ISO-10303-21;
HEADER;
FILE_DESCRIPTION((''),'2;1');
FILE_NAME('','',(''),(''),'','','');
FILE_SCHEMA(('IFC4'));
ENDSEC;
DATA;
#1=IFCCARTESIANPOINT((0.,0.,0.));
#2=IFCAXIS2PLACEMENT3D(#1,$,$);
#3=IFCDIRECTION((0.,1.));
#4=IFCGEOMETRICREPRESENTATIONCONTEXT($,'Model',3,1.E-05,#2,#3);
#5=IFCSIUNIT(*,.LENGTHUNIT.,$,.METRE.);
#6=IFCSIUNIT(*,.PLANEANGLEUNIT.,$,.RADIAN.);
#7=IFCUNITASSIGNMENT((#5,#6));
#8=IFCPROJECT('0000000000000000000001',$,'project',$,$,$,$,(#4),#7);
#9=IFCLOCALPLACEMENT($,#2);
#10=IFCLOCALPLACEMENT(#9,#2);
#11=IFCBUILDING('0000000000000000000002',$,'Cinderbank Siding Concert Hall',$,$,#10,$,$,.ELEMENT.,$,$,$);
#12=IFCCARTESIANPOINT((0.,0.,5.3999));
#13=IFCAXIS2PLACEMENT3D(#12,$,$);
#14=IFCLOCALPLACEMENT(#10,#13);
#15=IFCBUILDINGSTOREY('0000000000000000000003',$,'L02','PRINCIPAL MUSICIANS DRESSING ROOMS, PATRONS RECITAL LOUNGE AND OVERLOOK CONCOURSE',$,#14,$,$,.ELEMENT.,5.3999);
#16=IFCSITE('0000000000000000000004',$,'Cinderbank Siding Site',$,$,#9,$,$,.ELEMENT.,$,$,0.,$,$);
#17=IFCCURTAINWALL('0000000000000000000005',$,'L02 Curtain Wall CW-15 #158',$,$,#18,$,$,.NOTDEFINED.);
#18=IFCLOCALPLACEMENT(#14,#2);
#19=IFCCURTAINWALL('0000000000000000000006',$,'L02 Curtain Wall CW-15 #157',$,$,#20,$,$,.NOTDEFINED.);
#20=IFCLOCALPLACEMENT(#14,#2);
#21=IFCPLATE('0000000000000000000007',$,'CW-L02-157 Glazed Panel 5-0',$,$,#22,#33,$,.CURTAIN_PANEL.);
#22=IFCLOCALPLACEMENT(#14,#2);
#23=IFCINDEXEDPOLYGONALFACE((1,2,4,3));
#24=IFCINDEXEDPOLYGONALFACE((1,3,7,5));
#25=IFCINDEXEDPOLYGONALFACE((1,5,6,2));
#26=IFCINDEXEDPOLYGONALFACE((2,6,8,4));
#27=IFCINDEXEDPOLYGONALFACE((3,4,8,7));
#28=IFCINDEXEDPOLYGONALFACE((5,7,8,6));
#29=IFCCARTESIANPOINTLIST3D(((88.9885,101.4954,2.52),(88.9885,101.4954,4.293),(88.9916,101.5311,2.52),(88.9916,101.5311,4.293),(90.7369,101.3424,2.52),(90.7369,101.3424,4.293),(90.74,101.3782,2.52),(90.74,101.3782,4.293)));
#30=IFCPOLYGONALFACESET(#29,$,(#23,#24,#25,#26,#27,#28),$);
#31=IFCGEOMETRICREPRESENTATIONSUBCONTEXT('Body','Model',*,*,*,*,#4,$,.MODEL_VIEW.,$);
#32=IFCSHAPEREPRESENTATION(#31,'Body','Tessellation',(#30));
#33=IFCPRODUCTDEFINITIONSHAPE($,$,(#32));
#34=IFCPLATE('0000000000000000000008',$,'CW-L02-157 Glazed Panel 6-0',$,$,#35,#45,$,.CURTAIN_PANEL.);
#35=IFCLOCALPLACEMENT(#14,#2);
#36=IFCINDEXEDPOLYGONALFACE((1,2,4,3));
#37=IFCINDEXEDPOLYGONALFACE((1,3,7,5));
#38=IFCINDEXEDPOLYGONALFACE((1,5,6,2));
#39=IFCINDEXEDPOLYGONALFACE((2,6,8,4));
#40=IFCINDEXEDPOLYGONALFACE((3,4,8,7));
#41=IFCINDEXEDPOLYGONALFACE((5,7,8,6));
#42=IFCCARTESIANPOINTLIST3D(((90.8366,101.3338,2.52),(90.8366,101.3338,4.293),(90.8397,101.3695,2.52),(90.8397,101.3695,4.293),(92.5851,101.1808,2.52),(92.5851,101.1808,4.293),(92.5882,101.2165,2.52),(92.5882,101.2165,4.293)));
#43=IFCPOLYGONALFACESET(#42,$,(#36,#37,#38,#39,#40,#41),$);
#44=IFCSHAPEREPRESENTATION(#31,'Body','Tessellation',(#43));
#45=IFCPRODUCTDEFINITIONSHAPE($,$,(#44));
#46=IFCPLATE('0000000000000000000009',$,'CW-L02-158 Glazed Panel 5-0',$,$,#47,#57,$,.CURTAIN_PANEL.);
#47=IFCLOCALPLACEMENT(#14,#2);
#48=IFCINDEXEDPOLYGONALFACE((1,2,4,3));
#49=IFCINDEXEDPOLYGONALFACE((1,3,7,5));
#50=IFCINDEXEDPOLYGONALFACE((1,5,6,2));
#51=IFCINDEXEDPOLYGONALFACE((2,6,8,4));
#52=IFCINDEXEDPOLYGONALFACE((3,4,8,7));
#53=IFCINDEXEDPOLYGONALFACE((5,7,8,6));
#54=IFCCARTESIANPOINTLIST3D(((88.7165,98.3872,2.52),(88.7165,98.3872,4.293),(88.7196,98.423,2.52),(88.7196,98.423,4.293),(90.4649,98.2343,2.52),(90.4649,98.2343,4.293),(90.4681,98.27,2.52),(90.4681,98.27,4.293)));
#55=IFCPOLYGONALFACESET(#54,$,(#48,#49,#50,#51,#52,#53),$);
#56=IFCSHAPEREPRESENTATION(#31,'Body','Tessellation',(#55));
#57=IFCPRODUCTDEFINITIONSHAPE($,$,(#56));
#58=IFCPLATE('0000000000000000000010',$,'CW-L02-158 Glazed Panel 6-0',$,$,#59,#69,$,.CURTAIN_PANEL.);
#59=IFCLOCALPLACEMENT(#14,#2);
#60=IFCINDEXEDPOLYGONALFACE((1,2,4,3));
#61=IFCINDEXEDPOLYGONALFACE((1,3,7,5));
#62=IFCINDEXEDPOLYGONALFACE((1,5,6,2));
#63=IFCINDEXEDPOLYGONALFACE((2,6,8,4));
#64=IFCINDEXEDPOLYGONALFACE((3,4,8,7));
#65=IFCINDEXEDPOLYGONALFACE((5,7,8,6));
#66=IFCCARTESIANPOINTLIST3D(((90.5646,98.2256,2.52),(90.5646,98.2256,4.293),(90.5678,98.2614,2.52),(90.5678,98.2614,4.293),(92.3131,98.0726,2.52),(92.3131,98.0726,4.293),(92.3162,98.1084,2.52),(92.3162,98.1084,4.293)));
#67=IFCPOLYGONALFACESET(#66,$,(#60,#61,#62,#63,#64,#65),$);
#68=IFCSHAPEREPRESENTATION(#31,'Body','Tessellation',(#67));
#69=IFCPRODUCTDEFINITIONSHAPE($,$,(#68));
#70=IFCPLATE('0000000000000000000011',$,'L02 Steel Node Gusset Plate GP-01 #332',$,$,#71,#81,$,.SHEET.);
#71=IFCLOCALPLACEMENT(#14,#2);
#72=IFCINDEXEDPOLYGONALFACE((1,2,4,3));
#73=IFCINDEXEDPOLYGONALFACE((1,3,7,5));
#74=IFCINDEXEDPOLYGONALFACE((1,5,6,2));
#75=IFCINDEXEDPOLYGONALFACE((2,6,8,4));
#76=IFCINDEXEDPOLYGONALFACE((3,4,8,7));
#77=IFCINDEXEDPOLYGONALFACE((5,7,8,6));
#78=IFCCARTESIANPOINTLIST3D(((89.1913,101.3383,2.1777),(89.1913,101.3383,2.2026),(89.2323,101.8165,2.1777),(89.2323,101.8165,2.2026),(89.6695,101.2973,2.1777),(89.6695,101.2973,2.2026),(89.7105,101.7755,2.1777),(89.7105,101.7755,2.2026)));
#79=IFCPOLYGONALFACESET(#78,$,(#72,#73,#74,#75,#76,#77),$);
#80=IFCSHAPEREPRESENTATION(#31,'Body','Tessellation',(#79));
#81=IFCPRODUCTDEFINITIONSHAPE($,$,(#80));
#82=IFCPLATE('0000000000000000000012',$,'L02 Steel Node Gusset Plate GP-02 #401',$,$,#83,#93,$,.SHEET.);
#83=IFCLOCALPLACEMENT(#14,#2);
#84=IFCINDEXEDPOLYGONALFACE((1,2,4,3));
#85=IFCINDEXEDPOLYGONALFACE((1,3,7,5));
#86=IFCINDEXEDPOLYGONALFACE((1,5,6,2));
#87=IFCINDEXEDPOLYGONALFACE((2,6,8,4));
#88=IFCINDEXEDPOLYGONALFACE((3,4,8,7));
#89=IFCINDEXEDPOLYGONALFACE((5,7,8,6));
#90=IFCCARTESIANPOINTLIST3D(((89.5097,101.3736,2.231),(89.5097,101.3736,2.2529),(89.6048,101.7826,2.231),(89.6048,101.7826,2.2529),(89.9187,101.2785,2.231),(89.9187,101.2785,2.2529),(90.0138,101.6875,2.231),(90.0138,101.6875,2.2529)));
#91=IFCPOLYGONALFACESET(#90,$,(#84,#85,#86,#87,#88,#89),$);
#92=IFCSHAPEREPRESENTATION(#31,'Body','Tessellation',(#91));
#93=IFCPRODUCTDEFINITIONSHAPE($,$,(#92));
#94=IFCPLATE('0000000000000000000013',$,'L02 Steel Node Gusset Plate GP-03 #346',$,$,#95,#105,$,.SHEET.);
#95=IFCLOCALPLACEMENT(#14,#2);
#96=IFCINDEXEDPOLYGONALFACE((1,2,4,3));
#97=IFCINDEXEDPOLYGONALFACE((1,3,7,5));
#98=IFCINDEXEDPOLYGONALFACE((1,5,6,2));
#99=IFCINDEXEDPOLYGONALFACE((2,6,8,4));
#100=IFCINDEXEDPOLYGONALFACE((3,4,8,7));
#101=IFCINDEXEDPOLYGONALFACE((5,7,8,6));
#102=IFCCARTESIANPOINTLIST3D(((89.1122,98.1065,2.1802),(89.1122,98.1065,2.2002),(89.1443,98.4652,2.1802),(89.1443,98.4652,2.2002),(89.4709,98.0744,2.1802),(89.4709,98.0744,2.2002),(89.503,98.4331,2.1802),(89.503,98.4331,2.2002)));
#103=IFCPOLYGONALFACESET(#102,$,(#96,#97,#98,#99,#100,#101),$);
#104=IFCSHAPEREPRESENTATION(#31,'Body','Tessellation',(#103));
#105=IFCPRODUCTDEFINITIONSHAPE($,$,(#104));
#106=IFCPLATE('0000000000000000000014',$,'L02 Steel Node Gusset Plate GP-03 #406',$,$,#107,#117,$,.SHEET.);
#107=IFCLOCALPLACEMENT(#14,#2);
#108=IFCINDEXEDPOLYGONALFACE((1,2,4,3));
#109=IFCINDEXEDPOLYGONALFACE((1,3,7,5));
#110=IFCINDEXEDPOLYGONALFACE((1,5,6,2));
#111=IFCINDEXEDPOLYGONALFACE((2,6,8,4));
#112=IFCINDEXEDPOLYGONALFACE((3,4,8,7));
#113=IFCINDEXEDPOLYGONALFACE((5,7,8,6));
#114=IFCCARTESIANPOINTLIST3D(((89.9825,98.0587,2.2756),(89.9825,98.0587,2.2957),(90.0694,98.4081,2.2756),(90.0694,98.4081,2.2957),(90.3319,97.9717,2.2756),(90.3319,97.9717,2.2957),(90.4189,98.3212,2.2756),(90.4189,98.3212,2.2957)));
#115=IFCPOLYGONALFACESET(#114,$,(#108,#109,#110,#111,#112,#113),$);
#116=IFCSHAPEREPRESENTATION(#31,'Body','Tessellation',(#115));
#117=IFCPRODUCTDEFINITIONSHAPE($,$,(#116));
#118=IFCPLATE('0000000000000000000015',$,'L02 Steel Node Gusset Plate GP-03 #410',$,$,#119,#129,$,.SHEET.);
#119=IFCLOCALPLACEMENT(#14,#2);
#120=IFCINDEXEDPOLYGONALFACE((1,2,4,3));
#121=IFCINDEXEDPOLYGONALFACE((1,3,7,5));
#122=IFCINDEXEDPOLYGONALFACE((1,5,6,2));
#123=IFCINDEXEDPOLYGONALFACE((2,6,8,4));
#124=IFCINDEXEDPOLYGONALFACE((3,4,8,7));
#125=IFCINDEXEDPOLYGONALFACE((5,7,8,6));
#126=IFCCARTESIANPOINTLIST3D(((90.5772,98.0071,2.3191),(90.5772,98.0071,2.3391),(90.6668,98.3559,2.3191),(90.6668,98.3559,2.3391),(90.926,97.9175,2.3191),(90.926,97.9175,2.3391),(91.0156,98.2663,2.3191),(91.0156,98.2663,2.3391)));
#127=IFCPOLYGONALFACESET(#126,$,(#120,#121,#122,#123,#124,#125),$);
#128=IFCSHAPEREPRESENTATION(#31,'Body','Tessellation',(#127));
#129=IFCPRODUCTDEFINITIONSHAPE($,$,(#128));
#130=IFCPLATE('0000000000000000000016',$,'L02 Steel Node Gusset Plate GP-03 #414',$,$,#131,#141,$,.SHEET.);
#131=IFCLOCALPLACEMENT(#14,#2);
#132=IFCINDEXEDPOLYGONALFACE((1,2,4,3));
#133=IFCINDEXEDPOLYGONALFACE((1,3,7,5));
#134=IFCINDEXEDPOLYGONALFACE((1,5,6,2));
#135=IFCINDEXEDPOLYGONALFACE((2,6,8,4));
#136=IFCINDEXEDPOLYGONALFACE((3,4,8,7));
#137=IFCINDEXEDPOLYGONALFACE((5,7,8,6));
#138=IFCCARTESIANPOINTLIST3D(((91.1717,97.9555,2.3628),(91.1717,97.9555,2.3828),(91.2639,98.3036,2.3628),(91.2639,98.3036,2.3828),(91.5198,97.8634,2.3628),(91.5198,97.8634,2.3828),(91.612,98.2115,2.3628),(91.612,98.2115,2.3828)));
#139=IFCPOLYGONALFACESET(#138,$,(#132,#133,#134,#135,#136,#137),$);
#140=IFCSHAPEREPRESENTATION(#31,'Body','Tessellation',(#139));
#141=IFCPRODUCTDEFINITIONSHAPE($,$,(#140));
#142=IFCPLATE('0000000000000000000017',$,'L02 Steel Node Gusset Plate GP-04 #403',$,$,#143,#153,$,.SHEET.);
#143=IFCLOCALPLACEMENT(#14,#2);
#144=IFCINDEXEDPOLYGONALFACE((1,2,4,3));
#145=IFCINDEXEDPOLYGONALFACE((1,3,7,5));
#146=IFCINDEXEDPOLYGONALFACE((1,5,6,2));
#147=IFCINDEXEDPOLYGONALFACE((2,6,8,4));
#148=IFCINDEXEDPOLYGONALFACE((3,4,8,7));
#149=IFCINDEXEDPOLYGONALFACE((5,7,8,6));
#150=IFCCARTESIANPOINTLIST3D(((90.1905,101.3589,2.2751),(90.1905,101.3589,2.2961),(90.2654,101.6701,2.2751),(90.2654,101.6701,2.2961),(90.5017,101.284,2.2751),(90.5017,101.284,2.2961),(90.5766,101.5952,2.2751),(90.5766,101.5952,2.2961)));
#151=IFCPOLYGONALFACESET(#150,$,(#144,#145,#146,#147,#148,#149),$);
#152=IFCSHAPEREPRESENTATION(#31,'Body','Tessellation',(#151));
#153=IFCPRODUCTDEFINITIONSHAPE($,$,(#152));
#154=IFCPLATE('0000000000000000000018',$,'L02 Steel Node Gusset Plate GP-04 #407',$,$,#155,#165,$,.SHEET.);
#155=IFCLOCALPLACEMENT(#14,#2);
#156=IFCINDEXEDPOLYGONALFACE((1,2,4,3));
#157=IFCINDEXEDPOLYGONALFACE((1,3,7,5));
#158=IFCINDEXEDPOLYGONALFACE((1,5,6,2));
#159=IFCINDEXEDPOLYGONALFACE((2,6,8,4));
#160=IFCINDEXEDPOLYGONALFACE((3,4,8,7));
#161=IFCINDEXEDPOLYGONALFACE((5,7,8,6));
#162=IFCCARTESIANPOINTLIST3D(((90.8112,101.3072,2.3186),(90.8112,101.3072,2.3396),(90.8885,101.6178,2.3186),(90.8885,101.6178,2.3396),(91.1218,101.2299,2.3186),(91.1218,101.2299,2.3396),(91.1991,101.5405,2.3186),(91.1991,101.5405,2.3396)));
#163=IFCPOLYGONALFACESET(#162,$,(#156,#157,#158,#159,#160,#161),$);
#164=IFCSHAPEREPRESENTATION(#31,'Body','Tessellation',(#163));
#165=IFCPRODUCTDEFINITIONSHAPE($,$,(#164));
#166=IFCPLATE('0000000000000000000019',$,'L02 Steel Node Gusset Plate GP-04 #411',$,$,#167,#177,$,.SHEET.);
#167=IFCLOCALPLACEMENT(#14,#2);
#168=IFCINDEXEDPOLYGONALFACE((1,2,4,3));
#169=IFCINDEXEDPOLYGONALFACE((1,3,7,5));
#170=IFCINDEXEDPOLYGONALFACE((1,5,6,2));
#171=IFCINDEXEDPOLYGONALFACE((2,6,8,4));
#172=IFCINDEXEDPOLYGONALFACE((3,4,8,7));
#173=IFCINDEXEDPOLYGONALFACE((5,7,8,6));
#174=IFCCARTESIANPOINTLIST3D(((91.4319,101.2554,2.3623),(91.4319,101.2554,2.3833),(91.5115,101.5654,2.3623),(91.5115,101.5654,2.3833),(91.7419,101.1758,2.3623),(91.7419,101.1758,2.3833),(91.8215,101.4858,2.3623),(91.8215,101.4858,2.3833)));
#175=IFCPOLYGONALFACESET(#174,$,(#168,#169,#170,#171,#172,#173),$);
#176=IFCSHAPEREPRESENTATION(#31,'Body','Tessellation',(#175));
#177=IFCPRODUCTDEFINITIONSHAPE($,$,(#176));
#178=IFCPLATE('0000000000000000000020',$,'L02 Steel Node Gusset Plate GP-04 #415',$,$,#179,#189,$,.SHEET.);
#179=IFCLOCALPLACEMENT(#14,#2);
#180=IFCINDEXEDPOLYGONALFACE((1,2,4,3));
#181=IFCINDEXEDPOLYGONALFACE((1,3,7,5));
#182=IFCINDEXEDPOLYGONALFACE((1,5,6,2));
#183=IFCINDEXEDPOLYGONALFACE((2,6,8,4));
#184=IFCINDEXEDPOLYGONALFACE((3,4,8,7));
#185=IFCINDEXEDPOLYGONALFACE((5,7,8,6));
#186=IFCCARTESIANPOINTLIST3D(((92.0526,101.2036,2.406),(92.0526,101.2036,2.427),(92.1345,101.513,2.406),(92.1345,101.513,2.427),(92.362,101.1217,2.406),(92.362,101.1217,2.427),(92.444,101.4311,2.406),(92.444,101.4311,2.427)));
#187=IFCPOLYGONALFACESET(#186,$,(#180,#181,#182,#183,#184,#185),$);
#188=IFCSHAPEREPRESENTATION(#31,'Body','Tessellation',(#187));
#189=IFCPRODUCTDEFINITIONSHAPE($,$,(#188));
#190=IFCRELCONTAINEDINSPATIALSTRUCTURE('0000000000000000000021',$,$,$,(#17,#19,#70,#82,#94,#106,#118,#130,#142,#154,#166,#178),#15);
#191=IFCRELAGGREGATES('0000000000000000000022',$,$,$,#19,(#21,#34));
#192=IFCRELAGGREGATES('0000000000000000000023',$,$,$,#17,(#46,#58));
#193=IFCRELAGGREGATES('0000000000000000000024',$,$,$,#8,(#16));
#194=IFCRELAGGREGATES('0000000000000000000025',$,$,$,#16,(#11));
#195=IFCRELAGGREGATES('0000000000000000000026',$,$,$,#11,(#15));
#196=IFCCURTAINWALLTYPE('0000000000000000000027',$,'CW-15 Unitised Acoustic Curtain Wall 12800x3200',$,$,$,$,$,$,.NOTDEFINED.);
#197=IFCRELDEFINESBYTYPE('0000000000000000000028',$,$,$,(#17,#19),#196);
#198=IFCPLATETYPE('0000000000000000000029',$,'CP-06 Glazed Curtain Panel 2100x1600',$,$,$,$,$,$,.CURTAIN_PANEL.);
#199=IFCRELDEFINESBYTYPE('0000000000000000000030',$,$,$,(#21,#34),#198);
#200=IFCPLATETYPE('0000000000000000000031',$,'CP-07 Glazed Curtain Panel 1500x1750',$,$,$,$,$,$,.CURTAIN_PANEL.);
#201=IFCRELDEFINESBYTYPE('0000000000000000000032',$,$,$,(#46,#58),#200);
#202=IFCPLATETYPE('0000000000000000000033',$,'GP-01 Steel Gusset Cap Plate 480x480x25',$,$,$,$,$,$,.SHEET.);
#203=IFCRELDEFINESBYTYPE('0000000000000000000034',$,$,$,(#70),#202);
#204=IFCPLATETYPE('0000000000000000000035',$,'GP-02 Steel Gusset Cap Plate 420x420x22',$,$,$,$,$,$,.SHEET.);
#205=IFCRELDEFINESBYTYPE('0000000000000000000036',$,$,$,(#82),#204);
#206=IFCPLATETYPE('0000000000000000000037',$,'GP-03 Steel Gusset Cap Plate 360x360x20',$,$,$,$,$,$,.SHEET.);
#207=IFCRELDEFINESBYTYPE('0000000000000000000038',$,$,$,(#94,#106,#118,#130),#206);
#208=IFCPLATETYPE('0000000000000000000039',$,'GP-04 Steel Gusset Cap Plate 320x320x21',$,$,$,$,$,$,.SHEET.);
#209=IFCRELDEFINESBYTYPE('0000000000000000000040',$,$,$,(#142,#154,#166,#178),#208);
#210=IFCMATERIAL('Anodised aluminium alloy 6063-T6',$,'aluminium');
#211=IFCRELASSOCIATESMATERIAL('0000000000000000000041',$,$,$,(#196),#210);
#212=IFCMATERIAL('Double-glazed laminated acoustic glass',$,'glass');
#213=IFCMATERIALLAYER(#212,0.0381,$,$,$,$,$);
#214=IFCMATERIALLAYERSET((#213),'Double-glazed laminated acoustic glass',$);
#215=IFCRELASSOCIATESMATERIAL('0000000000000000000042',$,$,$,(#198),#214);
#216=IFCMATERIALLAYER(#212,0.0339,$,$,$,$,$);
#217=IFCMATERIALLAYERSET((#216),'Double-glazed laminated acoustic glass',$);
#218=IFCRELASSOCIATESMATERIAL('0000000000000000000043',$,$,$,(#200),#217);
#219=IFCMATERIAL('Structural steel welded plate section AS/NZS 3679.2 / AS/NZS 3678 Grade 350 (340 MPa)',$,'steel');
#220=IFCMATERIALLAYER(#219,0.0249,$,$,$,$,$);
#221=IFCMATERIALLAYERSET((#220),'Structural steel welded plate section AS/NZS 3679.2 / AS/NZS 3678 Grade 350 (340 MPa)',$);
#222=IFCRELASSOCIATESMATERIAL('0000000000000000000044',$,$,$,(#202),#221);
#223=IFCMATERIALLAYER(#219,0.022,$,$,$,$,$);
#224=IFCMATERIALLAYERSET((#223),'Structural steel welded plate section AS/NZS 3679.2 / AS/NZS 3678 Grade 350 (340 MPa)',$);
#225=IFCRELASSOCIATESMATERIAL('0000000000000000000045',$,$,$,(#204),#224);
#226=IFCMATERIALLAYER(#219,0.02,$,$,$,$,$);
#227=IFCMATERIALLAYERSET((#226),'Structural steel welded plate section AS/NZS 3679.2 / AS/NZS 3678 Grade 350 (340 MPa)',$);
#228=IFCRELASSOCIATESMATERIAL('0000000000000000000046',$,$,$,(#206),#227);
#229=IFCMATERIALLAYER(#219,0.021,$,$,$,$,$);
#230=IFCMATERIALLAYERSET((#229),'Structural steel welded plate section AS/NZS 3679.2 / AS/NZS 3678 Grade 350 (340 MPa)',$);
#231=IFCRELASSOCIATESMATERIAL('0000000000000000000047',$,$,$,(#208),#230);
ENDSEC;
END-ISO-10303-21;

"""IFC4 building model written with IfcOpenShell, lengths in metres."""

from ifc_helpers import new_model, si_unit, direction, frame, origin, origin_2d, place, context, subcontext, project, spatial, rectangle, extrude, material, layer, layer_set, type_object, element, aggregate, save


model = new_model("IFC4")

# Units and contexts
model_context = context("Model", 3, precision=1e-05, world=origin(), true_north=direction((0.0, 1.0)))
body_context = subcontext(model_context, "Body", "Model", "MODEL_VIEW")
ifc_project = project(units=[si_unit("LENGTHUNIT", "METRE"), si_unit("PLANEANGLEUNIT", "RADIAN")], contexts=[model_context])

# Site, building, storey
site_placement = place(None, origin())
site = spatial("IfcSite", under=ifc_project, at=site_placement, Name="Cinderbank Siding Site", CompositionType="ELEMENT", RefElevation=0.0)
building_placement = place(site_placement, origin())
building = spatial("IfcBuilding", under=site, at=building_placement, Name="Cinderbank Siding Concert Hall", CompositionType="ELEMENT")
storey_placement = place(building_placement, frame((0.0, 0.0, 5.3999)))
storey = spatial("IfcBuildingStorey", under=building, at=storey_placement, Name="L02", Description="PRINCIPAL MUSICIANS DRESSING ROOMS, PATRONS RECITAL LOUNGE AND OVERLOOK CONCOURSE", CompositionType="ELEMENT", Elevation=5.3999)

# Curtain wall
ifc_material_1 = material(Name="Anodised aluminium alloy 6063-T6", Category="aluminium")
curtain_wall_type = type_object("IfcCurtainWallType", Name="CW-15 Unitised Acoustic Curtain Wall 12800x3200", PredefinedType="NOTDEFINED", material=ifc_material_1)
curtain_wall_1_placement = place(storey_placement, origin())
curtain_wall_1 = element("IfcCurtainWall", 1, at=curtain_wall_1_placement, inside=storey, type_object=curtain_wall_type, Name="L02 Curtain Wall CW-15 #158", PredefinedType="NOTDEFINED")

# Curtain wall
curtain_wall_2_placement = place(storey_placement, origin())
curtain_wall_2 = element("IfcCurtainWall", 2, at=curtain_wall_2_placement, inside=storey, type_object=curtain_wall_type, Name="L02 Curtain Wall CW-15 #157", PredefinedType="NOTDEFINED")

# Plates
ifc_material_2 = material(Name="Double-glazed laminated acoustic glass", Category="glass")
ifc_layer_1 = layer(ifc_material_2, 0.0381)
ifc_layer_set_1 = layer_set([ifc_layer_1], Name="Double-glazed laminated acoustic glass")
plate_type_1 = type_object("IfcPlateType", Name="CP-06 Glazed Curtain Panel 2100x1600", PredefinedType="CURTAIN_PANEL", material=ifc_layer_set_1)
plate_1_placement = place(storey_placement, frame((89.8643, 101.4368, 2.52), z_axis=(0.0, 0.0, 1.0), x_axis=(0.996195, -0.087157, 0.0)))
plate_1 = element("IfcPlate", 3, at=plate_1_placement, type_object=plate_type_1, Name="CW-L02-157 Glazed Panel 5-0", PredefinedType="CURTAIN_PANEL", context=body_context, shape_type="SweptSolid", body=[
    extrude(rectangle(XDim=1.7551, YDim=0.0359, at=origin_2d()), origin(), (0.0, 0.0, 1.0), 1.7729),
])
plate_2_placement = place(storey_placement, frame((91.7124, 101.2751, 2.52), z_axis=(0.0, 0.0, 1.0), x_axis=(0.996195, -0.087157, 0.0)))
plate_2 = element("IfcPlate", 4, at=plate_2_placement, type_object=plate_type_1, Name="CW-L02-157 Glazed Panel 6-0", PredefinedType="CURTAIN_PANEL", context=body_context, shape_type="SweptSolid", body=[
    extrude(rectangle(XDim=1.7551, YDim=0.0359, at=origin_2d()), origin(), (0.0, 0.0, 1.0), 1.7729),
])
aggregate(curtain_wall_2, [plate_1, plate_2])
ifc_layer_2 = layer(ifc_material_2, 0.0339)
ifc_layer_set_2 = layer_set([ifc_layer_2], Name="Double-glazed laminated acoustic glass")
plate_type_2 = type_object("IfcPlateType", Name="CP-07 Glazed Curtain Panel 1500x1750", PredefinedType="CURTAIN_PANEL", material=ifc_layer_set_2)
plate_3_placement = place(storey_placement, frame((89.5923, 98.3286, 2.52), z_axis=(0.0, 0.0, 1.0), x_axis=(0.996195, -0.087157, 0.0)))
plate_3 = element("IfcPlate", 5, at=plate_3_placement, type_object=plate_type_2, Name="CW-L02-158 Glazed Panel 5-0", PredefinedType="CURTAIN_PANEL", context=body_context, shape_type="SweptSolid", body=[
    extrude(rectangle(XDim=1.7551, YDim=0.0359, at=origin_2d()), origin(), (0.0, 0.0, 1.0), 1.7729),
])
plate_4_placement = place(storey_placement, frame((91.4404, 98.167, 2.52), z_axis=(0.0, 0.0, 1.0), x_axis=(0.996195, -0.087157, 0.0)))
plate_4 = element("IfcPlate", 6, at=plate_4_placement, type_object=plate_type_2, Name="CW-L02-158 Glazed Panel 6-0", PredefinedType="CURTAIN_PANEL", context=body_context, shape_type="SweptSolid", body=[
    extrude(rectangle(XDim=1.7551, YDim=0.0359, at=origin_2d()), origin(), (0.0, 0.0, 1.0), 1.7729),
])
aggregate(curtain_wall_1, [plate_3, plate_4])

# Plates
ifc_material_3 = material(Name="Structural steel welded plate section AS/NZS 3679.2 / AS/NZS 3678 Grade 350 (340 MPa)", Category="steel")
ifc_layer_3 = layer(ifc_material_3, 0.0249)
ifc_layer_set_3 = layer_set([ifc_layer_3], Name="Structural steel welded plate section AS/NZS 3679.2 / AS/NZS 3678 Grade 350 (340 MPa)")
plate_type_3 = type_object("IfcPlateType", Name="GP-01 Steel Gusset Cap Plate 480x480x25", PredefinedType="SHEET", material=ifc_layer_set_3)
plate_5_placement = place(storey_placement, frame((89.4509, 101.5569, 2.1777), z_axis=(0.0, 0.0, 1.0), x_axis=(0.996345, -0.085417, 0.0)))
element("IfcPlate", 7, at=plate_5_placement, inside=storey, type_object=plate_type_3, Name="L02 Steel Node Gusset Plate GP-01 #332", PredefinedType="SHEET", context=body_context, shape_type="SweptSolid", body=[
    extrude(rectangle(XDim=0.48, YDim=0.48, at=origin_2d()), origin(), (0.0, 0.0, 1.0), 0.0249),
])
ifc_layer_4 = layer(ifc_material_3, 0.022)
ifc_layer_set_4 = layer_set([ifc_layer_4], Name="Structural steel welded plate section AS/NZS 3679.2 / AS/NZS 3678 Grade 350 (340 MPa)")
plate_type_4 = type_object("IfcPlateType", Name="GP-02 Steel Gusset Cap Plate 420x420x22", PredefinedType="SHEET", material=ifc_layer_set_4)
plate_6_placement = place(storey_placement, frame((89.7617, 101.5305, 2.231), z_axis=(0.0, 0.0, 1.0), x_axis=(0.226481, 0.974016, 0.0)))
element("IfcPlate", 8, at=plate_6_placement, inside=storey, type_object=plate_type_4, Name="L02 Steel Node Gusset Plate GP-02 #401", PredefinedType="SHEET", context=body_context, shape_type="SweptSolid", body=[
    extrude(rectangle(XDim=0.4199, YDim=0.4199, at=origin_2d()), origin(), (0.0, 0.0, 1.0), 0.022),
])
ifc_layer_5 = layer(ifc_material_3, 0.02)
ifc_layer_set_5 = layer_set([ifc_layer_5], Name="Structural steel welded plate section AS/NZS 3679.2 / AS/NZS 3678 Grade 350 (340 MPa)")
plate_type_5 = type_object("IfcPlateType", Name="GP-03 Steel Gusset Cap Plate 360x360x20", PredefinedType="SHEET", material=ifc_layer_set_5)
for number, where, z_axis, x_axis, name in (
    (9, (89.3076, 98.2698, 2.1802), (0.0, 0.0, 1.0), (0.996026, -0.089068, 0.0), "L02 Steel Node Gusset Plate GP-03 #346"),
    (10, (90.2007, 98.1899, 2.2756), (0.0, 0.0, 1.0), (0.241414, 0.970422, 0.0), "L02 Steel Node Gusset Plate GP-03 #406"),
    (11, (90.7964, 98.1367, 2.3191), (0.0, 0.0, 1.0), (0.24869, 0.968583, 0.0), "L02 Steel Node Gusset Plate GP-03 #410"),
    (12, (91.3918, 98.0835, 2.3628), (0.0, 0.0, 1.0), (0.255952, 0.96669, 0.0), "L02 Steel Node Gusset Plate GP-03 #414"),
):
    element("IfcPlate", number, at=place(storey_placement, frame(where, z_axis=z_axis, x_axis=x_axis)), inside=storey, type_object=plate_type_5, Name=name, PredefinedType="SHEET", context=body_context, shape_type="SweptSolid", body=[
        extrude(rectangle(XDim=0.3601, YDim=0.3601, at=origin_2d()), origin(), (0.0, 0.0, 1.0), 0.02),
    ])
ifc_layer_6 = layer(ifc_material_3, 0.021)
ifc_layer_set_6 = layer_set([ifc_layer_6], Name="Structural steel welded plate section AS/NZS 3679.2 / AS/NZS 3678 Grade 350 (340 MPa)")
plate_type_6 = type_object("IfcPlateType", Name="GP-04 Steel Gusset Cap Plate 320x320x21", PredefinedType="SHEET", material=ifc_layer_set_6)
for number, where, z_axis, x_axis, name in (
    (13, (90.3835, 101.4771, 2.2751), (0.0, 0.0, 1.0), (0.233954, 0.972248, 0.0), "L02 Steel Node Gusset Plate GP-04 #403"),
    (14, (91.0051, 101.4238, 2.3186), (0.0, 0.0, 1.0), (0.241414, 0.970422, 0.0), "L02 Steel Node Gusset Plate GP-04 #407"),
    (15, (91.6267, 101.3706, 2.3623), (0.0, 0.0, 1.0), (0.24869, 0.968583, 0.0), "L02 Steel Node Gusset Plate GP-04 #411"),
    (16, (92.2483, 101.3174, 2.406), (0.0, 0.0, 1.0), (0.255952, 0.96669, 0.0), "L02 Steel Node Gusset Plate GP-04 #415"),
):
    element("IfcPlate", number, at=place(storey_placement, frame(where, z_axis=z_axis, x_axis=x_axis)), inside=storey, type_object=plate_type_6, Name=name, PredefinedType="SHEET", context=body_context, shape_type="SweptSolid", body=[
        extrude(rectangle(XDim=0.3201, YDim=0.3201, at=origin_2d()), origin(), (0.0, 0.0, 1.0), 0.021),
    ])

save(model, "model.ifc")
